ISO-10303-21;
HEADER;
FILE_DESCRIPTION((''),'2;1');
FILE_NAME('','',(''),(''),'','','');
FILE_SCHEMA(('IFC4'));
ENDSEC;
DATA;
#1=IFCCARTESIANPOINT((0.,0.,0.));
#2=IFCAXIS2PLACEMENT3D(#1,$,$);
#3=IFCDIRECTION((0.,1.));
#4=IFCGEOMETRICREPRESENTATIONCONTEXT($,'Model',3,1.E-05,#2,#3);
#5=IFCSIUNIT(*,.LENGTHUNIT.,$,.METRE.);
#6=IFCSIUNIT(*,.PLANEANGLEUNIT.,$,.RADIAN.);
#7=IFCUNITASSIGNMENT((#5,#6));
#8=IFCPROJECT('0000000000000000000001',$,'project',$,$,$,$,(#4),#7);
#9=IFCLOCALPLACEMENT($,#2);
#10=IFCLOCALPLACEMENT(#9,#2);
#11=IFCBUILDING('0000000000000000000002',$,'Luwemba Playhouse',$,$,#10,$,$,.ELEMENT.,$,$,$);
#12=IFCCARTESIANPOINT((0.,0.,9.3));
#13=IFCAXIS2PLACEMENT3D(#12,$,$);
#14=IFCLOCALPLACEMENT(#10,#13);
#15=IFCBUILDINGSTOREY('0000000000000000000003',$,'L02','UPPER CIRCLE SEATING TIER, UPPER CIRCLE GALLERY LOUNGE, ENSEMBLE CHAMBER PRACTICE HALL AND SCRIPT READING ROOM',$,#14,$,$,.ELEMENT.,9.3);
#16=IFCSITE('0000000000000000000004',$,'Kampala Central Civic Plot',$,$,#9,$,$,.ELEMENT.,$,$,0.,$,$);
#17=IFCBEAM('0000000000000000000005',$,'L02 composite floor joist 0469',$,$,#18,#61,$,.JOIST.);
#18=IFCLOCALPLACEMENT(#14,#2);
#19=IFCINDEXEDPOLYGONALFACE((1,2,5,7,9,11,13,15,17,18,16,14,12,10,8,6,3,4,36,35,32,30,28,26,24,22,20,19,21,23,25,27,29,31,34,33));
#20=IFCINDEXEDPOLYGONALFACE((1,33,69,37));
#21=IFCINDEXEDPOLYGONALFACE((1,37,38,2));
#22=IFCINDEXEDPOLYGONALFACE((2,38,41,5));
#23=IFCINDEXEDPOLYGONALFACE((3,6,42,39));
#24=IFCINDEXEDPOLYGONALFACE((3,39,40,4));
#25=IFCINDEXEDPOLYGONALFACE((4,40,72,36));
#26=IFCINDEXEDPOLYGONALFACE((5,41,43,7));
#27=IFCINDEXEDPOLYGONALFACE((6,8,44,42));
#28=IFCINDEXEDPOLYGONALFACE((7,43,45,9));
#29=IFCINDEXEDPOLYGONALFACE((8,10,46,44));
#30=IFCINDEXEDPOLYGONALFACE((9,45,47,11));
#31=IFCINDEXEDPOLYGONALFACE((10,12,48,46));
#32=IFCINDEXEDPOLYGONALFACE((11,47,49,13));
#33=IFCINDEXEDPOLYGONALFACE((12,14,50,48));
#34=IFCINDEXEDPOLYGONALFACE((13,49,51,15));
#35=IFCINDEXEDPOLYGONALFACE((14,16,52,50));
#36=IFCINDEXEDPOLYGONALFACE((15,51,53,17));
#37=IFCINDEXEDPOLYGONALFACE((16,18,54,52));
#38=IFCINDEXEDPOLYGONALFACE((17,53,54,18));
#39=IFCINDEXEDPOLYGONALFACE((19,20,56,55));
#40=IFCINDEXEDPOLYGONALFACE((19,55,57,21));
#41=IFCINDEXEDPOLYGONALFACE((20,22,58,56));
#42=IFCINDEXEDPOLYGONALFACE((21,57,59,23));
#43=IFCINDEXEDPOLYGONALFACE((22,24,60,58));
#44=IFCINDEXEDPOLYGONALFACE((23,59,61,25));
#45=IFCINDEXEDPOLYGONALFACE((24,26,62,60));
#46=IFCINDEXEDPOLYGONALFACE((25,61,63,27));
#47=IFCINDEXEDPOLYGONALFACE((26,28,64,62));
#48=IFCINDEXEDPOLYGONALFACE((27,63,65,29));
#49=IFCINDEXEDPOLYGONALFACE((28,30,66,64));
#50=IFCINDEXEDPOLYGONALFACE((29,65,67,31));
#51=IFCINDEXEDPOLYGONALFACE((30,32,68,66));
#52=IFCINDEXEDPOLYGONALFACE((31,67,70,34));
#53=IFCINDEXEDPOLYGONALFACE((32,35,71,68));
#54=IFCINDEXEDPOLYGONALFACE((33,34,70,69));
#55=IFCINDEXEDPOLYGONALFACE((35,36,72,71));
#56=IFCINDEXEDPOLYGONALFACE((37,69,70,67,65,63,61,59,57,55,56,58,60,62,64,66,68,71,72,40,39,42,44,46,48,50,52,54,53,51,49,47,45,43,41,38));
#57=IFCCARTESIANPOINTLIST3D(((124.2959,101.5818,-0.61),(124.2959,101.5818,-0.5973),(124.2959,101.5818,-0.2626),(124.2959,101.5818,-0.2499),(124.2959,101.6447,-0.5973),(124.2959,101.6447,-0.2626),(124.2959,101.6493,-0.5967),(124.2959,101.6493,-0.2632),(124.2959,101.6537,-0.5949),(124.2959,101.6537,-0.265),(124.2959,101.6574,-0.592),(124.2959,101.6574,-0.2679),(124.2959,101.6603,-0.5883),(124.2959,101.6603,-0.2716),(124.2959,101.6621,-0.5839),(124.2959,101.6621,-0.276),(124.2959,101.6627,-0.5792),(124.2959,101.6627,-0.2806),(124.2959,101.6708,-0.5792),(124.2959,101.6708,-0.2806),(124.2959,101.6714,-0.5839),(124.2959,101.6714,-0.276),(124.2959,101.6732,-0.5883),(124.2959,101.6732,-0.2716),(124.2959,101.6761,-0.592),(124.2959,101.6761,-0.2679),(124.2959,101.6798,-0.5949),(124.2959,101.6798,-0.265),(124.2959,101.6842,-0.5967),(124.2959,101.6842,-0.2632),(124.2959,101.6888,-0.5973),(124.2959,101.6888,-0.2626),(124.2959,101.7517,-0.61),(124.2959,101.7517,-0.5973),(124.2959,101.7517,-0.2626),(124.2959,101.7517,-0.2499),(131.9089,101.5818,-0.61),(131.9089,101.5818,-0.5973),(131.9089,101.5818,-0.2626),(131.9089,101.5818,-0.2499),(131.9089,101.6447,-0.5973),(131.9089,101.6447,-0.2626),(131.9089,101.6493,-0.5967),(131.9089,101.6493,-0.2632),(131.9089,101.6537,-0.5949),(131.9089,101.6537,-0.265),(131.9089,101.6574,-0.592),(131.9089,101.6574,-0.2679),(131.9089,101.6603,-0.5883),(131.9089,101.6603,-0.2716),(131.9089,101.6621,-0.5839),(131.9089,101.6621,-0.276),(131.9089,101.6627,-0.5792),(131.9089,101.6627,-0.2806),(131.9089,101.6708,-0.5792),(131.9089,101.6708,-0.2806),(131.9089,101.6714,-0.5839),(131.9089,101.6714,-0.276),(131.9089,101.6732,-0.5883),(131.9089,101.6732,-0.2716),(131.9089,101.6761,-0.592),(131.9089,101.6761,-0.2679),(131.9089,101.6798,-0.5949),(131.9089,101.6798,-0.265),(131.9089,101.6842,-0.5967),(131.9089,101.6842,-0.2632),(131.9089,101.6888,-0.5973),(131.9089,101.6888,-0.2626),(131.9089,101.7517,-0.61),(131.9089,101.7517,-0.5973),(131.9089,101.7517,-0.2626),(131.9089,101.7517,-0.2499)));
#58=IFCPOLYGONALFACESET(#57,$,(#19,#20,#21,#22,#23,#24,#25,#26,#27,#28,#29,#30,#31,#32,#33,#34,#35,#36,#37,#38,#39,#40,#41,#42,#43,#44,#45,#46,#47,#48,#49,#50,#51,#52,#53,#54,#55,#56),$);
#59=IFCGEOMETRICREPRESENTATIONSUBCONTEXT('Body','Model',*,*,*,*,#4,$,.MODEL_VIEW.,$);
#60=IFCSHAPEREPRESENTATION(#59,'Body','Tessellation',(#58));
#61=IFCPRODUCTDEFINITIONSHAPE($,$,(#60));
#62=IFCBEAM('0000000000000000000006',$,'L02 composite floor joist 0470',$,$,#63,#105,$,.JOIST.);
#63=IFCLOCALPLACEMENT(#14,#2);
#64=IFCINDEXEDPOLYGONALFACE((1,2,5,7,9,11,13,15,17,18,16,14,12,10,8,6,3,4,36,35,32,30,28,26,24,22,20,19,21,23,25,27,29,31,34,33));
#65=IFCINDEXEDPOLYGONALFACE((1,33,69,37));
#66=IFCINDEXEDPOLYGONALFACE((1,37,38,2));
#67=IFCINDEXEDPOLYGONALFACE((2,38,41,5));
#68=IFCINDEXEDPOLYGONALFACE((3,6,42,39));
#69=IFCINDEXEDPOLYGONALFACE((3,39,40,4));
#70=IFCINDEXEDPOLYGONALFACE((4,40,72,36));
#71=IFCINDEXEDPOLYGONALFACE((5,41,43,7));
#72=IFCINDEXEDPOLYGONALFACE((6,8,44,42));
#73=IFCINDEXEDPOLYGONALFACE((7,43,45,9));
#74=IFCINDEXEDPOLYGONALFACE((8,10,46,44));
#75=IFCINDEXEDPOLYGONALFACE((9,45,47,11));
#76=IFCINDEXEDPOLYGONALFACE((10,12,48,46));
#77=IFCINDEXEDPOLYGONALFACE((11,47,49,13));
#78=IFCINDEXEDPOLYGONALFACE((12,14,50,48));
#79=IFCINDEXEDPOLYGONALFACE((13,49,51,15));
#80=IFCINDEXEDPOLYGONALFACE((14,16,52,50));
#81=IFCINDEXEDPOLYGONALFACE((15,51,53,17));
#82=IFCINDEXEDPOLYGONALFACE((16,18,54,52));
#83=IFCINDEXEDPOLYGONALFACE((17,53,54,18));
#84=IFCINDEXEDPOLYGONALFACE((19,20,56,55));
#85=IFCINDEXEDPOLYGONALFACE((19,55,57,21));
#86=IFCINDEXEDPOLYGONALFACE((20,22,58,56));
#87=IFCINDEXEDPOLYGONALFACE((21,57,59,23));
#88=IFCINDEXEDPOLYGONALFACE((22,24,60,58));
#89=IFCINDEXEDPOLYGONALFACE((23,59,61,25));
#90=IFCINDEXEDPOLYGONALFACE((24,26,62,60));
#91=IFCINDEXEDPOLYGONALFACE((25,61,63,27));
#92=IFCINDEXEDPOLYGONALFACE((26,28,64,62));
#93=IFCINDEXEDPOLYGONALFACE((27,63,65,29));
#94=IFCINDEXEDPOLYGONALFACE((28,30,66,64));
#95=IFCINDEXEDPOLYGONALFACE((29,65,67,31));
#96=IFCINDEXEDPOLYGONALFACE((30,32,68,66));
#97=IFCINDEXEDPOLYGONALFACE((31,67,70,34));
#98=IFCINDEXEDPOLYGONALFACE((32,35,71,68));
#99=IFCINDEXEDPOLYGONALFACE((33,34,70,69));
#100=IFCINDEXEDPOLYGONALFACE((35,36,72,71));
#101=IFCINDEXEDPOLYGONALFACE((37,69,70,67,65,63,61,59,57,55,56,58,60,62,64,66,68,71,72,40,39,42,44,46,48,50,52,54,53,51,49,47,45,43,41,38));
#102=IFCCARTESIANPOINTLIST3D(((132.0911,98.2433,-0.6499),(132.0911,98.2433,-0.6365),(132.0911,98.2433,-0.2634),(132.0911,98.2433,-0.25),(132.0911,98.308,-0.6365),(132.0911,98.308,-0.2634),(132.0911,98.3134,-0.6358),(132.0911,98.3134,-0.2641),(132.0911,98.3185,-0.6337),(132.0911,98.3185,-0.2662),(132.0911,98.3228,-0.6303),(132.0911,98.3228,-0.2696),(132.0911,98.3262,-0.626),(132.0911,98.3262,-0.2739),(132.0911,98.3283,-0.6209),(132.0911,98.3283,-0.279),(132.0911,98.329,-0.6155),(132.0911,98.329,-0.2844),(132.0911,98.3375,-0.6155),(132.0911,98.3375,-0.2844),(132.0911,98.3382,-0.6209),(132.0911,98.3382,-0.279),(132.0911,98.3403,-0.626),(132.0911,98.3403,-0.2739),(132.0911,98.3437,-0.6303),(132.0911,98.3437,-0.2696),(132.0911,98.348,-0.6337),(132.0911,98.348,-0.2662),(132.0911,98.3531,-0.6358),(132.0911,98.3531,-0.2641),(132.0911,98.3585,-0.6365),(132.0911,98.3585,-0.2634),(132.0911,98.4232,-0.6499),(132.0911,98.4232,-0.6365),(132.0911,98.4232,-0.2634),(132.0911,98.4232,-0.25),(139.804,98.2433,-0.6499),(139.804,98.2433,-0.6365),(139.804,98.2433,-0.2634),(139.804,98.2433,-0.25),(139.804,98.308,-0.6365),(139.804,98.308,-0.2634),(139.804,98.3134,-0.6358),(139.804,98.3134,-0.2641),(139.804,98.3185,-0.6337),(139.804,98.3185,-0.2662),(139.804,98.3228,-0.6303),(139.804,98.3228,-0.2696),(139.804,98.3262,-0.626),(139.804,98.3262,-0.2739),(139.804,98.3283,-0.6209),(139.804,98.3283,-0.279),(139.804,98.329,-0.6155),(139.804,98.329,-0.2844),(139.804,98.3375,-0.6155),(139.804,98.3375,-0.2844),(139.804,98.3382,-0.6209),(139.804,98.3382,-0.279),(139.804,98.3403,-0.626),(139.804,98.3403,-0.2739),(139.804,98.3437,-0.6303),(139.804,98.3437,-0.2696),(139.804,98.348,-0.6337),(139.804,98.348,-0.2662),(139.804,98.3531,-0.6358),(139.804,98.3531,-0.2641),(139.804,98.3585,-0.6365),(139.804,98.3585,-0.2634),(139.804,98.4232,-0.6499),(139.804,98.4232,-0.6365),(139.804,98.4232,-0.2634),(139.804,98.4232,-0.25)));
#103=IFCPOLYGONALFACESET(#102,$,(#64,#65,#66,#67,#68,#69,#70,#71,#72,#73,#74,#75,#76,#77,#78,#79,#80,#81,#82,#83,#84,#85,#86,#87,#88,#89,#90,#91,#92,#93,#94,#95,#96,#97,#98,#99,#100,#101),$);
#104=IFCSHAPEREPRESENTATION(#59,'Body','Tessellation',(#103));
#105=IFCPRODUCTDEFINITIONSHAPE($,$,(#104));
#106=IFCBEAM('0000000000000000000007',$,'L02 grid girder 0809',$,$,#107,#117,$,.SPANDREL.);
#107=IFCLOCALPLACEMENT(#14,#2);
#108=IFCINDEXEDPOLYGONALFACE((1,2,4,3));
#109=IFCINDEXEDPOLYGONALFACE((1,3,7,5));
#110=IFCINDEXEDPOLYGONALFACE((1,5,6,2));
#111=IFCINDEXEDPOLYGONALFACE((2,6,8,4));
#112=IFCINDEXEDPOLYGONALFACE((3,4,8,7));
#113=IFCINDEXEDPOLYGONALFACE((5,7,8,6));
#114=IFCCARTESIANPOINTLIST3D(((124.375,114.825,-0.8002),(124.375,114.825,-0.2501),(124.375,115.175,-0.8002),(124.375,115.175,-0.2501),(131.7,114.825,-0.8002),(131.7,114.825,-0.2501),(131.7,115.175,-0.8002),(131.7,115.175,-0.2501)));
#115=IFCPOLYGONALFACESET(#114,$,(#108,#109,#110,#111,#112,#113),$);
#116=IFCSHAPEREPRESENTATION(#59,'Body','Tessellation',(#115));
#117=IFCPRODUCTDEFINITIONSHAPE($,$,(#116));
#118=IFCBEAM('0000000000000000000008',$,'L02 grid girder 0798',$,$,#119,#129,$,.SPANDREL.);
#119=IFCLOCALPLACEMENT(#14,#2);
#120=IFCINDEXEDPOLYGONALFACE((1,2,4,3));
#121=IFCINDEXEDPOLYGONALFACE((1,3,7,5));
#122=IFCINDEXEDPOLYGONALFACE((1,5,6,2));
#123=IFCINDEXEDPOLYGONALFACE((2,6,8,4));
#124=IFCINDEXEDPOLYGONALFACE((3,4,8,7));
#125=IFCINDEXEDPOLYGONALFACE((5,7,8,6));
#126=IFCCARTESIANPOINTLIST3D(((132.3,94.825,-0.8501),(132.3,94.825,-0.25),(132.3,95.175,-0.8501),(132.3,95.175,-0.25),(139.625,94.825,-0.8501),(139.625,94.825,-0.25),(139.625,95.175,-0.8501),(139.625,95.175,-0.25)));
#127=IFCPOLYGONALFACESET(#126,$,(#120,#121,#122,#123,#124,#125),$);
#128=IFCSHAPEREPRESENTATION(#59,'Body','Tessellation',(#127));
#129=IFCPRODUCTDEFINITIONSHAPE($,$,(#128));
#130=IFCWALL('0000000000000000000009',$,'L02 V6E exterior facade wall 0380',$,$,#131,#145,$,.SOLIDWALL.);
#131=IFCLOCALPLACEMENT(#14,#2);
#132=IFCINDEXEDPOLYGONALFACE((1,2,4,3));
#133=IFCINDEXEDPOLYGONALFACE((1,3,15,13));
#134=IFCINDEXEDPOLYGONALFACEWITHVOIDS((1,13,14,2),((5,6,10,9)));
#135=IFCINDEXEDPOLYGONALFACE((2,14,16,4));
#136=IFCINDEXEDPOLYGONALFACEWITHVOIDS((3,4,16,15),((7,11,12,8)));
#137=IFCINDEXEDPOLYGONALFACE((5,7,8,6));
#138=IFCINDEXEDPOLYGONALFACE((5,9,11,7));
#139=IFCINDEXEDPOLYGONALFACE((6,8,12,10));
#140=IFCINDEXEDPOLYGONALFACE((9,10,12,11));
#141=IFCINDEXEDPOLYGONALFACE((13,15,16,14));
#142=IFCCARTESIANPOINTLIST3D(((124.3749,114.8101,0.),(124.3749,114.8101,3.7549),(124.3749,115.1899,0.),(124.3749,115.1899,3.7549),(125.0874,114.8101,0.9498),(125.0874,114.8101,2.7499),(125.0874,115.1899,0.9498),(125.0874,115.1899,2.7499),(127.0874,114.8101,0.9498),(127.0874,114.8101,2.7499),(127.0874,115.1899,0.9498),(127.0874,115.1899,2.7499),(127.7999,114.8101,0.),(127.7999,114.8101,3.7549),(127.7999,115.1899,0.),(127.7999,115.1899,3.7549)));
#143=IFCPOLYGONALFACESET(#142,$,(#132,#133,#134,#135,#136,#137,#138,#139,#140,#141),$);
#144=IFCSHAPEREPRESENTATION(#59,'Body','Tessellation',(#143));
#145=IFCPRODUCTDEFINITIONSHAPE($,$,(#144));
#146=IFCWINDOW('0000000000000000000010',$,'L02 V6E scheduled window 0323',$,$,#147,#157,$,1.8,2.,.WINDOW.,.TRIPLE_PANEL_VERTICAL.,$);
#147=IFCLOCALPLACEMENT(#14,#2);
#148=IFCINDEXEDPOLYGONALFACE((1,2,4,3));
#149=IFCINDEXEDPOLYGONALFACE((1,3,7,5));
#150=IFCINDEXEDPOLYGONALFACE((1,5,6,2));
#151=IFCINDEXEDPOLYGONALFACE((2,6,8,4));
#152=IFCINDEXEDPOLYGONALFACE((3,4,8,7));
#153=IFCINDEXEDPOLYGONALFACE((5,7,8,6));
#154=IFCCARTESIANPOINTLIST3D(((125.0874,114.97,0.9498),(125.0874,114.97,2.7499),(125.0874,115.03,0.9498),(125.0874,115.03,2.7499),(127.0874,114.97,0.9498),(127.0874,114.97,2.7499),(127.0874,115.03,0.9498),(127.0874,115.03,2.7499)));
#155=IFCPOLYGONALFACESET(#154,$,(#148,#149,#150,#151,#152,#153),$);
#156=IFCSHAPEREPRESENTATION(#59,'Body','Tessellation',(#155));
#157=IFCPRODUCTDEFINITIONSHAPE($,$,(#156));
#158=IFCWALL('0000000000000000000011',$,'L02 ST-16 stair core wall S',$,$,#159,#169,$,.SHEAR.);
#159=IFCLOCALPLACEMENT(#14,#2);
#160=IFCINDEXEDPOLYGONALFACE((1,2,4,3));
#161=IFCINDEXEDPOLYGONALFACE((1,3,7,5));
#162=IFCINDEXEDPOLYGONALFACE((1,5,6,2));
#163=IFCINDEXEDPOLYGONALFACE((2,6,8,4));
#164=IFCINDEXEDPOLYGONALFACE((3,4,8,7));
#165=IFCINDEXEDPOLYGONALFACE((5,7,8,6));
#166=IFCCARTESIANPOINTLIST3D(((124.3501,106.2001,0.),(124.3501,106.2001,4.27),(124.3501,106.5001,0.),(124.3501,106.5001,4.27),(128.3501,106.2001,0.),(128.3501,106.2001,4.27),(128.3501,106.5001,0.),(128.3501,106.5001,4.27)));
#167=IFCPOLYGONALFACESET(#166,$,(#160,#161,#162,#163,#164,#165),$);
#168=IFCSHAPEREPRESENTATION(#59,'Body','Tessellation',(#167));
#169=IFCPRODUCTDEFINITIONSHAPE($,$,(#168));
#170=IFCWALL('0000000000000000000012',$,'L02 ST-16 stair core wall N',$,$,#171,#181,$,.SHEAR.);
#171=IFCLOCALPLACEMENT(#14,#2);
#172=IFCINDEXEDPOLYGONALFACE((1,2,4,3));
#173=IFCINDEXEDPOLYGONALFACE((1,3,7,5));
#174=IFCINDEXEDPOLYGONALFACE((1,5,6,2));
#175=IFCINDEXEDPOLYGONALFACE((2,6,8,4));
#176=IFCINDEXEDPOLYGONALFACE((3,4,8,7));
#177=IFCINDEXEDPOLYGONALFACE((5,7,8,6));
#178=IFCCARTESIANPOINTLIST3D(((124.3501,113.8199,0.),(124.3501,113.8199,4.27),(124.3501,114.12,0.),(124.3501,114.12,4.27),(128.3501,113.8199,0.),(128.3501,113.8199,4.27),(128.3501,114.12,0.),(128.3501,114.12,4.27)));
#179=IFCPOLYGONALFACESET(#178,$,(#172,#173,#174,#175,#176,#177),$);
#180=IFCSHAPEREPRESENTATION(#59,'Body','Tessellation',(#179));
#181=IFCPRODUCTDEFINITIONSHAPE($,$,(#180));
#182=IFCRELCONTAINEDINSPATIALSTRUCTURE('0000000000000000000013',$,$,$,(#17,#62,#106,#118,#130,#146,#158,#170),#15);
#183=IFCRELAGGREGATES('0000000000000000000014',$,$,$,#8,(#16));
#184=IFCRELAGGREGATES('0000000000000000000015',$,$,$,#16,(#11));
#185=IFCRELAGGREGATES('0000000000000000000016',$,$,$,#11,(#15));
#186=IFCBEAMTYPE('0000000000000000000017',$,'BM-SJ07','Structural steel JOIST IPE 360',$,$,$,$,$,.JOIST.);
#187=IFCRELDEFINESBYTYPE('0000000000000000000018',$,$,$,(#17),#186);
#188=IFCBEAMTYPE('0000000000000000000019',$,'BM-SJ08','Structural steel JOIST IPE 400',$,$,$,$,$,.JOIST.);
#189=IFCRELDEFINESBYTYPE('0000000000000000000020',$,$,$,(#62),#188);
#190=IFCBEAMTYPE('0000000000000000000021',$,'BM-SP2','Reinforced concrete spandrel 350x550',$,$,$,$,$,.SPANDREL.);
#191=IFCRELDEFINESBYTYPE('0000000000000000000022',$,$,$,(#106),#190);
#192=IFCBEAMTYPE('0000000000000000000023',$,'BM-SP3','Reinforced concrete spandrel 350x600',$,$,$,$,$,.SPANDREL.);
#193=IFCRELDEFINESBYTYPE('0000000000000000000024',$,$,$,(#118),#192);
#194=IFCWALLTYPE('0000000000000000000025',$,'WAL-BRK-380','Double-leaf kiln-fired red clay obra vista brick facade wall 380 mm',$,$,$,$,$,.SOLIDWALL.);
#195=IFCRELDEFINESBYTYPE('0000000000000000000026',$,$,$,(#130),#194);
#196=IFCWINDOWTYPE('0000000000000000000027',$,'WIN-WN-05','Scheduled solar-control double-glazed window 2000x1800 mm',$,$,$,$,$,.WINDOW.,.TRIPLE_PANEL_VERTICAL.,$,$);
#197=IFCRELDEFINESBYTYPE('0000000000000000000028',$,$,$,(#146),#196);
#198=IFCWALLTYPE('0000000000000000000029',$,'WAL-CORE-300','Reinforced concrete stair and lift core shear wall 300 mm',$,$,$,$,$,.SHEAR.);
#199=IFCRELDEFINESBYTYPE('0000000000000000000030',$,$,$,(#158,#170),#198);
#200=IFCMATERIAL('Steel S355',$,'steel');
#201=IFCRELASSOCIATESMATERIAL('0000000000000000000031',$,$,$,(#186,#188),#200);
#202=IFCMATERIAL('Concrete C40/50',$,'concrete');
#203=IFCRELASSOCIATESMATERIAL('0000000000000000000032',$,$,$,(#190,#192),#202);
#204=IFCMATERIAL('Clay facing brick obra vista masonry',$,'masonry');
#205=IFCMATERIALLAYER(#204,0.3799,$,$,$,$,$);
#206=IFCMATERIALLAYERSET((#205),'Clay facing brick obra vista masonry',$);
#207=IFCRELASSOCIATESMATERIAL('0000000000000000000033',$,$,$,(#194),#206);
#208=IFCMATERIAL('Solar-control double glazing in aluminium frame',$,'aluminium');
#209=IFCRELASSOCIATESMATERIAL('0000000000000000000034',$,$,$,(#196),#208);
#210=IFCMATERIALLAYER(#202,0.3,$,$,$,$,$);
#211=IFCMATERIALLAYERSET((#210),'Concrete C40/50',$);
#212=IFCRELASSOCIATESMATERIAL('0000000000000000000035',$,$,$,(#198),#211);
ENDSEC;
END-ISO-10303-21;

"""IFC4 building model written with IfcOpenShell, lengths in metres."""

from ifc_helpers import new_model, si_unit, direction, frame, frame_2d, origin, origin_2d, place, context, subcontext, project, spatial, rectangle, i_section, extrude, material, layer, layer_set, material_profile, profile_set, type_object, element, fill, save


model = new_model("IFC4")

# Units and contexts
model_context = context("Model", 3, precision=1e-05, world=origin(), true_north=direction((0.0, 1.0)))
body_context = subcontext(model_context, "Body", "Model", "MODEL_VIEW")
ifc_project = project(units=[si_unit("LENGTHUNIT", "METRE"), si_unit("PLANEANGLEUNIT", "RADIAN")], contexts=[model_context])

# Site, building, storey
site_placement = place(None, origin())
site = spatial("IfcSite", under=ifc_project, at=site_placement, Name="Kampala Central Civic Plot", CompositionType="ELEMENT", RefElevation=0.0)
building_placement = place(site_placement, origin())
building = spatial("IfcBuilding", under=site, at=building_placement, Name="Luwemba Playhouse", CompositionType="ELEMENT")
storey_placement = place(building_placement, frame((0.0, 0.0, 9.3)))
storey = spatial("IfcBuildingStorey", under=building, at=storey_placement, Name="L02", Description="UPPER CIRCLE SEATING TIER, UPPER CIRCLE GALLERY LOUNGE, ENSEMBLE CHAMBER PRACTICE HALL AND SCRIPT READING ROOM", CompositionType="ELEMENT", Elevation=9.3)

# Shared definitions
ifc_material_1 = material(Name="Concrete C40/50", Category="concrete")

# Beams
ifc_material_2 = material(Name="Steel S355", Category="steel")
ifc_material_profile_1 = material_profile(ifc_material_2, i_section(OverallWidth=0.1699, OverallDepth=0.3601, WebThickness=0.0081, FlangeThickness=0.0127, FilletRadius=0.0181, at=origin_2d()))
ifc_profile_set_1 = profile_set([ifc_material_profile_1], Name="Steel S355")
beam_type_1 = type_object("IfcBeamType", Name="BM-SJ07", Description="Structural steel JOIST IPE 360", PredefinedType="JOIST", material=ifc_profile_set_1)
beam_1_placement = place(storey_placement, frame((124.2959, 101.6667, -0.4299), z_axis=(1.0, 0.0, 0.0), x_axis=(0.0, 1.0, 0.0)))
element("IfcBeam", 1, at=beam_1_placement, inside=storey, type_object=beam_type_1, Name="L02 composite floor joist 0469", PredefinedType="JOIST", context=body_context, shape_type="SweptSolid", body=[
    extrude(i_section(OverallWidth=0.1699, OverallDepth=0.3601, WebThickness=0.0081, FlangeThickness=0.0127, FilletRadius=0.0181, at=origin_2d()), origin(), (0.0, 0.0, 1.0), 7.613),
])
ifc_material_profile_2 = material_profile(ifc_material_2, i_section(OverallWidth=0.1799, OverallDepth=0.3999, WebThickness=0.0085, FlangeThickness=0.0134, FilletRadius=0.021, at=origin_2d()))
ifc_profile_set_2 = profile_set([ifc_material_profile_2], Name="Steel S355")
beam_type_2 = type_object("IfcBeamType", Name="BM-SJ08", Description="Structural steel JOIST IPE 400", PredefinedType="JOIST", material=ifc_profile_set_2)
beam_2_placement = place(storey_placement, frame((132.0911, 98.3333, -0.45), z_axis=(1.0, 0.0, 0.0), x_axis=(0.0, 1.0, 0.0)))
element("IfcBeam", 2, at=beam_2_placement, inside=storey, type_object=beam_type_2, Name="L02 composite floor joist 0470", PredefinedType="JOIST", context=body_context, shape_type="SweptSolid", body=[
    extrude(i_section(OverallWidth=0.1799, OverallDepth=0.3999, WebThickness=0.0085, FlangeThickness=0.0134, FilletRadius=0.021, at=origin_2d()), origin(), (0.0, 0.0, 1.0), 7.7129),
])
ifc_material_profile_3 = material_profile(ifc_material_1, rectangle(XDim=0.3501, YDim=0.55, at=origin_2d()))
ifc_profile_set_3 = profile_set([ifc_material_profile_3], Name="Concrete C40/50")
beam_type_3 = type_object("IfcBeamType", Name="BM-SP2", Description="Reinforced concrete spandrel 350x550", PredefinedType="SPANDREL", material=ifc_profile_set_3)
beam_3_placement = place(storey_placement, frame((124.375, 115.0, -0.5251), z_axis=(1.0, 0.0, 0.0), x_axis=(0.0, 1.0, 0.0)))
element("IfcBeam", 3, at=beam_3_placement, inside=storey, type_object=beam_type_3, Name="L02 grid girder 0809", PredefinedType="SPANDREL", context=body_context, shape_type="SweptSolid", body=[
    extrude(rectangle(XDim=0.3501, YDim=0.55, at=origin_2d()), origin(), (0.0, 0.0, 1.0), 7.325),
])
ifc_material_profile_4 = material_profile(ifc_material_1, rectangle(XDim=0.3501, YDim=0.6001, at=origin_2d()))
ifc_profile_set_4 = profile_set([ifc_material_profile_4], Name="Concrete C40/50")
beam_type_4 = type_object("IfcBeamType", Name="BM-SP3", Description="Reinforced concrete spandrel 350x600", PredefinedType="SPANDREL", material=ifc_profile_set_4)
beam_4_placement = place(storey_placement, frame((132.3, 95.0, -0.55), z_axis=(1.0, 0.0, 0.0), x_axis=(0.0, 1.0, 0.0)))
element("IfcBeam", 4, at=beam_4_placement, inside=storey, type_object=beam_type_4, Name="L02 grid girder 0798", PredefinedType="SPANDREL", context=body_context, shape_type="SweptSolid", body=[
    extrude(rectangle(XDim=0.3501, YDim=0.6001, at=origin_2d()), origin(), (0.0, 0.0, 1.0), 7.325),
])

# Wall, opening, window
ifc_material_3 = material(Name="Clay facing brick obra vista masonry", Category="masonry")
ifc_layer_1 = layer(ifc_material_3, 0.3799)
ifc_layer_set_1 = layer_set([ifc_layer_1], Name="Clay facing brick obra vista masonry")
wall_type_1 = type_object("IfcWallType", Name="WAL-BRK-380", Description="Double-leaf kiln-fired red clay obra vista brick facade wall 380 mm", PredefinedType="SOLIDWALL", material=ifc_layer_set_1)
wall_1_placement = place(storey_placement, frame((124.375, 115.0, 0.0), z_axis=(0.0, 0.0, 1.0), x_axis=(1.0, 0.0, 0.0)))
wall_1 = element("IfcWall", 5, at=wall_1_placement, inside=storey, type_object=wall_type_1, Name="L02 V6E exterior facade wall 0380", PredefinedType="SOLIDWALL", context=body_context, shape_type="SweptSolid", body=[
    extrude(rectangle(XDim=3.425, YDim=0.3799, at=frame_2d((1.7124, 0.0))), origin(), (0.0, 0.0, 1.0), 3.7549),
])
opening_1_placement = place(wall_1_placement, frame((0.7124, 0.0, 0.95)))
opening_1 = element("IfcOpeningElement", 6, at=opening_1_placement, cuts=wall_1, PredefinedType="OPENING", context=body_context, shape_type="SweptSolid", body=[
    extrude(rectangle(XDim=2.0, YDim=1.8, at=frame_2d((1.0, 0.8999))), frame((0.0, 0.2, 0.0), z_axis=(0.0, -1.0, 0.0), x_axis=(1.0, 0.0, 0.0)), (0.0, 0.0, 1.0), 0.3999),
])
ifc_material_4 = material(Name="Solar-control double glazing in aluminium frame", Category="aluminium")
window_type_1 = type_object("IfcWindowType", Name="WIN-WN-05", Description="Scheduled solar-control double-glazed window 2000x1800 mm", PartitioningType="TRIPLE_PANEL_VERTICAL", PredefinedType="WINDOW", material=ifc_material_4)
window_1_placement = place(opening_1_placement, origin())
window_1 = element("IfcWindow", 7, at=window_1_placement, inside=storey, type_object=window_type_1, Name="L02 V6E scheduled window 0323", OverallHeight=1.8, OverallWidth=2.0, PartitioningType="TRIPLE_PANEL_VERTICAL", PredefinedType="WINDOW", context=body_context, shape_type="SweptSolid", body=[
    extrude(rectangle(XDim=2.0, YDim=1.8, at=frame_2d((1.0, 0.8999))), frame((0.0, 0.03, 0.0), z_axis=(0.0, -1.0, 0.0), x_axis=(1.0, 0.0, 0.0)), (0.0, 0.0, 1.0), 0.0601),
])
fill(opening_1, window_1)

# Walls
ifc_layer_2 = layer(ifc_material_1, 0.3)
ifc_layer_set_2 = layer_set([ifc_layer_2], Name="Concrete C40/50")
wall_type_2 = type_object("IfcWallType", Name="WAL-CORE-300", Description="Reinforced concrete stair and lift core shear wall 300 mm", PredefinedType="SHEAR", material=ifc_layer_set_2)
for number, where, z_axis, x_axis, name in (
    (8, (124.3501, 106.3501, 0.0), (0.0, 0.0, 1.0), (1.0, 0.0, 0.0), "L02 ST-16 stair core wall S"),
    (9, (128.3501, 113.97, 0.0), (0.0, 0.0, 1.0), (-1.0, 0.0, 0.0), "L02 ST-16 stair core wall N"),
):
    element("IfcWall", number, at=place(storey_placement, frame(where, z_axis=z_axis, x_axis=x_axis)), inside=storey, type_object=wall_type_2, Name=name, PredefinedType="SHEAR", context=body_context, shape_type="SweptSolid", body=[
        extrude(rectangle(XDim=4.0, YDim=0.3, at=frame_2d((2.0, 0.0))), origin(), (0.0, 0.0, 1.0), 4.27),
    ])

save(model, "model.ifc")
